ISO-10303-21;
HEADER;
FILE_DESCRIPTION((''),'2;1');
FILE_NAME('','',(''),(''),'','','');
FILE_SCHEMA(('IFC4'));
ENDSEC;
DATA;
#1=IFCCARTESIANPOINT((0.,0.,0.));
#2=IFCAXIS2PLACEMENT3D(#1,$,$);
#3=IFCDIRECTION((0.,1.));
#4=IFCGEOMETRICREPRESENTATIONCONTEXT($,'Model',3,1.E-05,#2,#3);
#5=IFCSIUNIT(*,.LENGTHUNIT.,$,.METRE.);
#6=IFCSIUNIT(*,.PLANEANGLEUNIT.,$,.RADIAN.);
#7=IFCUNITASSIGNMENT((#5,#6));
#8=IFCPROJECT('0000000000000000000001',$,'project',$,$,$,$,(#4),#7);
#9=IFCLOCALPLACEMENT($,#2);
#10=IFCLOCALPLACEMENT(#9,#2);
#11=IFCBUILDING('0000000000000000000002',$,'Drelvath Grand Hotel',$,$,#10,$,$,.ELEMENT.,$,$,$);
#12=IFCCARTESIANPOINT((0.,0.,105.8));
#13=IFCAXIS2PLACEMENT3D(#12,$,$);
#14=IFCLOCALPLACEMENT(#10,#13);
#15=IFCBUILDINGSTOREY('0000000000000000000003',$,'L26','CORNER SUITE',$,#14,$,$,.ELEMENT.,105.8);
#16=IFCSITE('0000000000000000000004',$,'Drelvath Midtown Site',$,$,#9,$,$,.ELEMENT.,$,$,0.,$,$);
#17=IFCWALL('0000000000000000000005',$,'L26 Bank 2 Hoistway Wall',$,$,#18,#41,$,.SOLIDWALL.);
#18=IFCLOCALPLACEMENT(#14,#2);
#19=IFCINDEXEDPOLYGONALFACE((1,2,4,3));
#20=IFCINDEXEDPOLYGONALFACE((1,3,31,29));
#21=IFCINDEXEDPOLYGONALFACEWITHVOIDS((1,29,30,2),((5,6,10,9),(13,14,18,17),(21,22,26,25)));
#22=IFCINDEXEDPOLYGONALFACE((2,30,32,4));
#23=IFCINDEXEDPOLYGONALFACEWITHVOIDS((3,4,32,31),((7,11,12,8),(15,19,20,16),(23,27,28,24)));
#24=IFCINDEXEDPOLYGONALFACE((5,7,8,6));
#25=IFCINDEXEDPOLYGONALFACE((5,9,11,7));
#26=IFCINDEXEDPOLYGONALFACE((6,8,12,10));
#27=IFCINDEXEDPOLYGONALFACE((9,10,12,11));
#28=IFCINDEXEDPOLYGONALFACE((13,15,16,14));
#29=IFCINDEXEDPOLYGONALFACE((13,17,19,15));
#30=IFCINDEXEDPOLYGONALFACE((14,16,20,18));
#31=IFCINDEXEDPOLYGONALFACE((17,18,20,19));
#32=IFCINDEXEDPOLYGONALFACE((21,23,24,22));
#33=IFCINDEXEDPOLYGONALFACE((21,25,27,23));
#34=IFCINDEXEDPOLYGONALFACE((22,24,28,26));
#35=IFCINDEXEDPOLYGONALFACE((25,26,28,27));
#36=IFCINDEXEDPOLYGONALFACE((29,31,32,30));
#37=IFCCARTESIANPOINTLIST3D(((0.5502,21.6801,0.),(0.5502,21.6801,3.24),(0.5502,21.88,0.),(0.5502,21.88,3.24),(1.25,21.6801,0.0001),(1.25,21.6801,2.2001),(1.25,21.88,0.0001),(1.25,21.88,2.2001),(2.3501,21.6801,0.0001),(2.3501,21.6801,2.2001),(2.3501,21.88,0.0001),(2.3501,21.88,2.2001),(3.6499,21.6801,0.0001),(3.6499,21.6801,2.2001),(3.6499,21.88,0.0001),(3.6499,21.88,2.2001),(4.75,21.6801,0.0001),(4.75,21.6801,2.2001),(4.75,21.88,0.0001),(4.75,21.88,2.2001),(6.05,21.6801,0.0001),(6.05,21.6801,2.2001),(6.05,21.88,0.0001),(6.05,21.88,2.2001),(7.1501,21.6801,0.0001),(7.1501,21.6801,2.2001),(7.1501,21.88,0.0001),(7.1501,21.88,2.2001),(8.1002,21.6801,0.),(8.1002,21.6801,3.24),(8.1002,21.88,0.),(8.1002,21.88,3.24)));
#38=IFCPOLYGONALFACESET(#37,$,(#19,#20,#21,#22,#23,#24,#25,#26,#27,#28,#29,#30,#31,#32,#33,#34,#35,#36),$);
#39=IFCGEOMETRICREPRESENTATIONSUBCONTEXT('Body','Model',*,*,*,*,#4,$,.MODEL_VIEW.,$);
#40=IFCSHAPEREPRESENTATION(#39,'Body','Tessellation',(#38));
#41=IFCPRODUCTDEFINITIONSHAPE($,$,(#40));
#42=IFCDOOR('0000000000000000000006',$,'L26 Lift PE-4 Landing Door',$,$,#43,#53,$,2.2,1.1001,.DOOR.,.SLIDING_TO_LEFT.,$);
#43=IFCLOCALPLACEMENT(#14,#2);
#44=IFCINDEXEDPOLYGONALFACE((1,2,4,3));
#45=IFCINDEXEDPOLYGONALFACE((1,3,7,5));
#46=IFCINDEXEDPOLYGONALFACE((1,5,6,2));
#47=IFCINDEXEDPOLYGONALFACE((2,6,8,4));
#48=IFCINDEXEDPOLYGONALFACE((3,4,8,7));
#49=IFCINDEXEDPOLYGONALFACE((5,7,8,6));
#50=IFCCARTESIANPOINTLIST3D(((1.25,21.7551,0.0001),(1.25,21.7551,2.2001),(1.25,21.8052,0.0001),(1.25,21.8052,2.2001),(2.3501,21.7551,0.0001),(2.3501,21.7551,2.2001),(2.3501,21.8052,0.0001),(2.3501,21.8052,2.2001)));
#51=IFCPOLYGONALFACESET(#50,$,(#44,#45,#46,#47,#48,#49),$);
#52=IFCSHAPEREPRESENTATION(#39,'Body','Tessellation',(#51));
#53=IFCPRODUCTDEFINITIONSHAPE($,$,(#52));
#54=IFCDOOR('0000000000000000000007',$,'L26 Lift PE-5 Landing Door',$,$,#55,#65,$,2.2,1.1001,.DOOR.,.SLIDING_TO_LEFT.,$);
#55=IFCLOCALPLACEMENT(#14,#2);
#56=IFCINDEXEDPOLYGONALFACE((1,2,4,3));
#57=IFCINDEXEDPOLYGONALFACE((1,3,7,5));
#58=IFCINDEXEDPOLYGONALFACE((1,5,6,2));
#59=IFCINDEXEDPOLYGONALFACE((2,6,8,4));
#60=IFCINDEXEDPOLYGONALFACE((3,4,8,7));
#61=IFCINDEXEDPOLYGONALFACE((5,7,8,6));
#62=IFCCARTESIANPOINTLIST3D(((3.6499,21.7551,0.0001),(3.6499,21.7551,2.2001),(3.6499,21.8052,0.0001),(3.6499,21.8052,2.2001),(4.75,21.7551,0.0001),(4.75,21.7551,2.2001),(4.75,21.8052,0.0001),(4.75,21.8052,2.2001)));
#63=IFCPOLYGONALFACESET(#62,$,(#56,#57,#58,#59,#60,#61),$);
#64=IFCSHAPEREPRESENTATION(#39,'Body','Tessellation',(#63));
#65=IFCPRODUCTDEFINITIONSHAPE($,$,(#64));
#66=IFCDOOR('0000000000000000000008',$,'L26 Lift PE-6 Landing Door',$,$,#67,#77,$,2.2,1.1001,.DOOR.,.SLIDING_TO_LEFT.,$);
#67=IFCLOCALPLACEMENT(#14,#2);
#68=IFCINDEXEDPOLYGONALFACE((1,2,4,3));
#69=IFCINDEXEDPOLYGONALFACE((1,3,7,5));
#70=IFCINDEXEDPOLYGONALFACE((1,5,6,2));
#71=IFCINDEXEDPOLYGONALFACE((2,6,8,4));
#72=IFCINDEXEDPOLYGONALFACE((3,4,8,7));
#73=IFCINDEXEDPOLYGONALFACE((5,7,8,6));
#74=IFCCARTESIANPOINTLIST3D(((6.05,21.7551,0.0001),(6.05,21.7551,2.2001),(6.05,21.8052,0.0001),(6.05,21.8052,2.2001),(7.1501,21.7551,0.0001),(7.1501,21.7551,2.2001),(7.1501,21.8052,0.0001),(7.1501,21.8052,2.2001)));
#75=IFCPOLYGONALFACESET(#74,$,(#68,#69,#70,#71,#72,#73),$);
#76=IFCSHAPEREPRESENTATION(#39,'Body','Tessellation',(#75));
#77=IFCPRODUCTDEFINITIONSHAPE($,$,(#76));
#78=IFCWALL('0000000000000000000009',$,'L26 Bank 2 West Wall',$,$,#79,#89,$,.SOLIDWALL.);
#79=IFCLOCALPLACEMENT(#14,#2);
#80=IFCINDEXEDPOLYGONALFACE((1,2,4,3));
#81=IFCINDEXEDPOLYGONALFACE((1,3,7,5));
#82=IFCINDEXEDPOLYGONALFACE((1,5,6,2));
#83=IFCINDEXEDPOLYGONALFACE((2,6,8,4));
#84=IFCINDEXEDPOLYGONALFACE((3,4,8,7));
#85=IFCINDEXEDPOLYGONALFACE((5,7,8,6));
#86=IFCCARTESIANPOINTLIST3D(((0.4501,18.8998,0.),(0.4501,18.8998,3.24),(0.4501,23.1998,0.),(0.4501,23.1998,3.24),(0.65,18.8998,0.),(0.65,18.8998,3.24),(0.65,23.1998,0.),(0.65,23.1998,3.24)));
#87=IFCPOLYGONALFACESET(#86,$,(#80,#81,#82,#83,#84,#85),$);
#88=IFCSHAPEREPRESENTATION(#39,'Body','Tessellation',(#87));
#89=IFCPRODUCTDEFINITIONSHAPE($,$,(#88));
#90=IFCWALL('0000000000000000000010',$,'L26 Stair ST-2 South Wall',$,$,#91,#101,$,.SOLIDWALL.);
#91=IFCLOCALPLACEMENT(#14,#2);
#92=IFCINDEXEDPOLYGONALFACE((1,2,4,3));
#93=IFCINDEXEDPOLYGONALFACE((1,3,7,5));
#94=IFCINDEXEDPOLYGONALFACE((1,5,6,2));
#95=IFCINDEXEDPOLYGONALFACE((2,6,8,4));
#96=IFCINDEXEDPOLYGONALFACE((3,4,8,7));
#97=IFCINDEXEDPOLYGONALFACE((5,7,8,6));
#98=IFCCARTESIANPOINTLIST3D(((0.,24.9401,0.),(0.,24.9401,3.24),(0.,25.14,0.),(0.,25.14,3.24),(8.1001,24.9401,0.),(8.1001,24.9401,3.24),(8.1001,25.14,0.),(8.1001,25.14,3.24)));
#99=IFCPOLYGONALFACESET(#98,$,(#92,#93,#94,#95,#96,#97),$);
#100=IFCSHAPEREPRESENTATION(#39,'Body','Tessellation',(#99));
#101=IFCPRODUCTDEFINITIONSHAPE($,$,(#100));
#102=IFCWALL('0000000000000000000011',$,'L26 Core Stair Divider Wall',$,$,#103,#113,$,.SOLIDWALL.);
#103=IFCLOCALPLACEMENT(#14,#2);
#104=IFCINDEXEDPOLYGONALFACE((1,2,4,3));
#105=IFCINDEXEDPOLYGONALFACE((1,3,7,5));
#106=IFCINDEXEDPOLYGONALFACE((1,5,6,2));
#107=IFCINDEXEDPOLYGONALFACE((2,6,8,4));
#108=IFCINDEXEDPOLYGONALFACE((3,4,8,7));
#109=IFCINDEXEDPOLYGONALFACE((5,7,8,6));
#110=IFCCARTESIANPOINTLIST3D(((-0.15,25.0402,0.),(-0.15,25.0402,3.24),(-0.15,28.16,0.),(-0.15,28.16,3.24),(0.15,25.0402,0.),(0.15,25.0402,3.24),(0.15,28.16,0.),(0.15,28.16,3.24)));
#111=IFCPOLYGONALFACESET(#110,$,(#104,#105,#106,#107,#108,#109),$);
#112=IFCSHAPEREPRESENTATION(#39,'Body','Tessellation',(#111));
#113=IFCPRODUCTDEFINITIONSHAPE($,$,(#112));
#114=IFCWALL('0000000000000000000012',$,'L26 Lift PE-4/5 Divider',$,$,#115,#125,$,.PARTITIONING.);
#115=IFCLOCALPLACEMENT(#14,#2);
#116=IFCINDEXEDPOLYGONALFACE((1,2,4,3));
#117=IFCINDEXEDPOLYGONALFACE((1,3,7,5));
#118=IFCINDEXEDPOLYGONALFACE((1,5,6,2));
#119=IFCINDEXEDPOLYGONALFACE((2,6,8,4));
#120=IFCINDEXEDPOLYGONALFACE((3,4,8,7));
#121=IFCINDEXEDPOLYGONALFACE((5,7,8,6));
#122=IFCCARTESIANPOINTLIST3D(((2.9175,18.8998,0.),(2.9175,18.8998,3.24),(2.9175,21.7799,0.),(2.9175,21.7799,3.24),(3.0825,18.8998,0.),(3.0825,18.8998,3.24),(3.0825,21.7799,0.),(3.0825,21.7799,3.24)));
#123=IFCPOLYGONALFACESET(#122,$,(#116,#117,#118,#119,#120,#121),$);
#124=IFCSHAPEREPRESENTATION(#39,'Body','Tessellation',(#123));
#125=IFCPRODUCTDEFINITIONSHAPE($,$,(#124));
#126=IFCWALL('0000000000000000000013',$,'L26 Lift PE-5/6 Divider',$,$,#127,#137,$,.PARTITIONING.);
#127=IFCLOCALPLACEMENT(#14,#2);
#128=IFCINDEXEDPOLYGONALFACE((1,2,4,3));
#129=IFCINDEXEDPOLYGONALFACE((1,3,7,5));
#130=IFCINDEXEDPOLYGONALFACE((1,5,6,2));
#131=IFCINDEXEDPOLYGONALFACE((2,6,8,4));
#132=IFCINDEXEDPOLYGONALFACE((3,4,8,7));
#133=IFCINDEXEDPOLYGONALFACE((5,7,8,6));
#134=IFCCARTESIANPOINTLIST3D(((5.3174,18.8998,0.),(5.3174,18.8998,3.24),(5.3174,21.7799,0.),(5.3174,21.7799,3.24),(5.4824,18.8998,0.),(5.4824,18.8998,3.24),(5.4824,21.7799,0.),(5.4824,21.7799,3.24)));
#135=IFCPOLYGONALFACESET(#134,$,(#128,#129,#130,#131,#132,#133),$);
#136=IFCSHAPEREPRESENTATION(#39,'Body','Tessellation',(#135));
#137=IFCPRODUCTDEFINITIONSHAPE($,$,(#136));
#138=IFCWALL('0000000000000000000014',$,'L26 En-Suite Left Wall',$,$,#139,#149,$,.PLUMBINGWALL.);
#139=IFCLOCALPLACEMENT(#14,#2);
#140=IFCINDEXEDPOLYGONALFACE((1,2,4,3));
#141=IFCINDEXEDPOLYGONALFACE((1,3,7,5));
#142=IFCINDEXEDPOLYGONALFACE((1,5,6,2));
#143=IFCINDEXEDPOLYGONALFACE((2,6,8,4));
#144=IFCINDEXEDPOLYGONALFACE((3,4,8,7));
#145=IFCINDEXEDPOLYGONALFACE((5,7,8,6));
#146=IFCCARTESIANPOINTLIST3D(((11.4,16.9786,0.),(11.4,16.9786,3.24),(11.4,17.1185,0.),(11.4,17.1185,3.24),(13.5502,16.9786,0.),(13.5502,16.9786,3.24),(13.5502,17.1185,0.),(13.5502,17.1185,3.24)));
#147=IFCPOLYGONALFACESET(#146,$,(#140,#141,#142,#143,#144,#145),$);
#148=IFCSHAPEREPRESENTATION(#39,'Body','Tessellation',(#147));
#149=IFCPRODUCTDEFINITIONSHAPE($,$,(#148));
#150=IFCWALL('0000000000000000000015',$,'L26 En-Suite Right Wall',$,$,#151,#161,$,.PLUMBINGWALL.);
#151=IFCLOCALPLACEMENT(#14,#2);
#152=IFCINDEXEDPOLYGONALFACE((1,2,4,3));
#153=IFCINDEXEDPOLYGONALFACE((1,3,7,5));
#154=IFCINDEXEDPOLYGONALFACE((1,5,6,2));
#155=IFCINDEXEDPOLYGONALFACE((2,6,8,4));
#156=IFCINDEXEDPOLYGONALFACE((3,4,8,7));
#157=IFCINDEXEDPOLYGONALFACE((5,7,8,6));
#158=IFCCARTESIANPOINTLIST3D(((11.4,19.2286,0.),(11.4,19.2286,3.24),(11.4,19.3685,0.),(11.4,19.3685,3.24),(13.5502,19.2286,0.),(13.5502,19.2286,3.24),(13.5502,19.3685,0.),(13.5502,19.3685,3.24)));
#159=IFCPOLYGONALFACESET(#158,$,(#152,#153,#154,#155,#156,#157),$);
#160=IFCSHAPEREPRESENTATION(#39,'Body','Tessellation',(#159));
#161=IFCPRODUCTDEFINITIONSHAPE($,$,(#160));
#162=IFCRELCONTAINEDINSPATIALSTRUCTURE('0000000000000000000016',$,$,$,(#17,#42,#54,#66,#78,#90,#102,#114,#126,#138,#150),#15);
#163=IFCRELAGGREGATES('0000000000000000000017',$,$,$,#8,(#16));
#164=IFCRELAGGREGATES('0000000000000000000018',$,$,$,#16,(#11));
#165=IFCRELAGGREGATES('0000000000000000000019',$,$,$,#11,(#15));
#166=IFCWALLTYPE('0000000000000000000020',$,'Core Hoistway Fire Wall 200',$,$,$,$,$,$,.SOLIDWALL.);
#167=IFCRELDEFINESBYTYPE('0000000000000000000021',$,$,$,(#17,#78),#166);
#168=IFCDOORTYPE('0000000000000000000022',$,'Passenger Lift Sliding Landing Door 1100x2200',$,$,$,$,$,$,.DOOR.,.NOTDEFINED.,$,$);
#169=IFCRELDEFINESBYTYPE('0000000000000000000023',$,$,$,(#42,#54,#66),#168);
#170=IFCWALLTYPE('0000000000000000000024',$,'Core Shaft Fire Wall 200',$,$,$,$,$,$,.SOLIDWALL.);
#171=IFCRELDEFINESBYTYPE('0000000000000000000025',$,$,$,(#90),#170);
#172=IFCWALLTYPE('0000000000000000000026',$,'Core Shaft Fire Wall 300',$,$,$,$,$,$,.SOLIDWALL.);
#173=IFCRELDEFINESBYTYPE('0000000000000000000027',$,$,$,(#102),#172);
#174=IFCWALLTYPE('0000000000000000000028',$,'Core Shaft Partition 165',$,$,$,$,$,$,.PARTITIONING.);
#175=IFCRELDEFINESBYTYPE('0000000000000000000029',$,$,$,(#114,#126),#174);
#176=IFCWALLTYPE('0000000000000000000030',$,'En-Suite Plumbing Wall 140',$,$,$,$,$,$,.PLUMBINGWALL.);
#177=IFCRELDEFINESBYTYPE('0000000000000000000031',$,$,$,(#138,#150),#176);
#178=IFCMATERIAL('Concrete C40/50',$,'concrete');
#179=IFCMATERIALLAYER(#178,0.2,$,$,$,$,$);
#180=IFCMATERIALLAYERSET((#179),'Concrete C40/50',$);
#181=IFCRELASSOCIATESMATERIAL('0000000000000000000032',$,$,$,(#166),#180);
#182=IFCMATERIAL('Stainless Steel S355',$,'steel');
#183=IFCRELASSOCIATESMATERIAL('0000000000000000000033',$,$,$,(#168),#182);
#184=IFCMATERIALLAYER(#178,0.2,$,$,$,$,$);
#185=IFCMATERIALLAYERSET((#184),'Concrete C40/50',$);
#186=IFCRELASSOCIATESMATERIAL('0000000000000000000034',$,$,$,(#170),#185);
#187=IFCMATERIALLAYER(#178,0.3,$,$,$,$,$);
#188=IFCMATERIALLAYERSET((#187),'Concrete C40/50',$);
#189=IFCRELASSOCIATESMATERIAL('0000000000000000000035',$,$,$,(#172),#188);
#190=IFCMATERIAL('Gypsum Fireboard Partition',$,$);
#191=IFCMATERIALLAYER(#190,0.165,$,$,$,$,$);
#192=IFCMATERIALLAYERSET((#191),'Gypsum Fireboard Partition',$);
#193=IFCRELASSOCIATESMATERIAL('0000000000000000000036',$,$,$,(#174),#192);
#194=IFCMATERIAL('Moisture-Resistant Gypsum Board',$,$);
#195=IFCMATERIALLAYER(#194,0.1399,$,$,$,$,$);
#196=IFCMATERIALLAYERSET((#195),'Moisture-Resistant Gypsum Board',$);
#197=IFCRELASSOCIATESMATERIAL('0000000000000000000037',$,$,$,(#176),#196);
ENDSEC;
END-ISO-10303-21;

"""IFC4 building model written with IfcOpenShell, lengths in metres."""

from ifc_helpers import new_model, si_unit, direction, frame, frame_2d, origin, place, context, subcontext, project, spatial, rectangle, extrude, material, layer, layer_set, type_object, element, fill, save


model = new_model("IFC4")

# Units and contexts
model_context = context("Model", 3, precision=1e-05, world=origin(), true_north=direction((0.0, 1.0)))
body_context = subcontext(model_context, "Body", "Model", "MODEL_VIEW")
ifc_project = project(units=[si_unit("LENGTHUNIT", "METRE"), si_unit("PLANEANGLEUNIT", "RADIAN")], contexts=[model_context])

# Site, building, storey
site_placement = place(None, origin())
site = spatial("IfcSite", under=ifc_project, at=site_placement, Name="Drelvath Midtown Site", CompositionType="ELEMENT", RefElevation=0.0)
building_placement = place(site_placement, origin())
building = spatial("IfcBuilding", under=site, at=building_placement, Name="Drelvath Grand Hotel", CompositionType="ELEMENT")
storey_placement = place(building_placement, frame((0.0, 0.0, 105.8)))
storey = spatial("IfcBuildingStorey", under=building, at=storey_placement, Name="L26", Description="CORNER SUITE", CompositionType="ELEMENT", Elevation=105.8)

# Wall, openings, doors
ifc_material_1 = material(Name="Concrete C40/50", Category="concrete")
ifc_layer_1 = layer(ifc_material_1, 0.2)
ifc_layer_set_1 = layer_set([ifc_layer_1], Name="Concrete C40/50")
wall_type_1 = type_object("IfcWallType", Name="Core Hoistway Fire Wall 200", PredefinedType="SOLIDWALL", material=ifc_layer_set_1)
wall_1_placement = place(storey_placement, frame((8.1001, 21.78, 0.0), z_axis=(0.0, 0.0, 1.0), x_axis=(-1.0, 0.0, 0.0)))
wall_1 = element("IfcWall", 1, at=wall_1_placement, inside=storey, type_object=wall_type_1, Name="L26 Bank 2 Hoistway Wall", PredefinedType="SOLIDWALL", context=body_context, shape_type="SweptSolid", body=[
    extrude(rectangle(XDim=7.55, YDim=0.2, at=frame_2d((3.7749, 0.0))), origin(), (0.0, 0.0, 1.0), 3.24),
])
opening_1_placement = place(wall_1_placement, frame((5.75, 0.0, 0.0)))
opening_1 = element("IfcOpeningElement", 2, at=opening_1_placement, cuts=wall_1, PredefinedType="OPENING", context=body_context, shape_type="SweptSolid", body=[
    extrude(rectangle(XDim=1.1001, YDim=2.2, at=frame_2d((0.55, 1.1001))), frame((0.0, 0.1099, 0.0), z_axis=(0.0, -1.0, 0.0), x_axis=(1.0, 0.0, 0.0)), (0.0, 0.0, 1.0), 0.22),
])
opening_2_placement = place(wall_1_placement, frame((3.3501, 0.0, 0.0)))
opening_2 = element("IfcOpeningElement", 3, at=opening_2_placement, cuts=wall_1, PredefinedType="OPENING", context=body_context, shape_type="SweptSolid", body=[
    extrude(rectangle(XDim=1.1001, YDim=2.2, at=frame_2d((0.55, 1.1001))), frame((0.0, 0.1099, 0.0), z_axis=(0.0, -1.0, 0.0), x_axis=(1.0, 0.0, 0.0)), (0.0, 0.0, 1.0), 0.22),
])
opening_3_placement = place(wall_1_placement, frame((0.95, 0.0, 0.0)))
opening_3 = element("IfcOpeningElement", 4, at=opening_3_placement, cuts=wall_1, PredefinedType="OPENING", context=body_context, shape_type="SweptSolid", body=[
    extrude(rectangle(XDim=1.1001, YDim=2.2, at=frame_2d((0.55, 1.1001))), frame((0.0, 0.1099, 0.0), z_axis=(0.0, -1.0, 0.0), x_axis=(1.0, 0.0, 0.0)), (0.0, 0.0, 1.0), 0.22),
])
ifc_material_2 = material(Name="Stainless Steel S355", Category="steel")
door_type_1 = type_object("IfcDoorType", Name="Passenger Lift Sliding Landing Door 1100x2200", OperationType="NOTDEFINED", PredefinedType="DOOR", material=ifc_material_2)
door_1_placement = place(opening_1_placement, origin())
door_1 = element("IfcDoor", 5, at=door_1_placement, inside=storey, type_object=door_type_1, Name="L26 Lift PE-4 Landing Door", OperationType="SLIDING_TO_LEFT", OverallHeight=2.2, OverallWidth=1.1001, PredefinedType="DOOR", context=body_context, shape_type="SweptSolid", body=[
    extrude(rectangle(XDim=1.1001, YDim=2.2, at=frame_2d((0.55, 1.1001))), frame((0.0, 0.0249, 0.0), z_axis=(0.0, -1.0, 0.0), x_axis=(1.0, 0.0, 0.0)), (0.0, 0.0, 1.0), 0.05),
])
fill(opening_1, door_1)
door_2_placement = place(opening_2_placement, origin())
door_2 = element("IfcDoor", 6, at=door_2_placement, inside=storey, type_object=door_type_1, Name="L26 Lift PE-5 Landing Door", OperationType="SLIDING_TO_LEFT", OverallHeight=2.2, OverallWidth=1.1001, PredefinedType="DOOR", context=body_context, shape_type="SweptSolid", body=[
    extrude(rectangle(XDim=1.1001, YDim=2.2, at=frame_2d((0.55, 1.1001))), frame((0.0, 0.0249, 0.0), z_axis=(0.0, -1.0, 0.0), x_axis=(1.0, 0.0, 0.0)), (0.0, 0.0, 1.0), 0.05),
])
fill(opening_2, door_2)
door_3_placement = place(opening_3_placement, origin())
door_3 = element("IfcDoor", 7, at=door_3_placement, inside=storey, type_object=door_type_1, Name="L26 Lift PE-6 Landing Door", OperationType="SLIDING_TO_LEFT", OverallHeight=2.2, OverallWidth=1.1001, PredefinedType="DOOR", context=body_context, shape_type="SweptSolid", body=[
    extrude(rectangle(XDim=1.1001, YDim=2.2, at=frame_2d((0.55, 1.1001))), frame((0.0, 0.0249, 0.0), z_axis=(0.0, -1.0, 0.0), x_axis=(1.0, 0.0, 0.0)), (0.0, 0.0, 1.0), 0.05),
])
fill(opening_3, door_3)

# Walls
wall_2_placement = place(storey_placement, frame((0.55, 18.8999, 0.0), z_axis=(0.0, 0.0, 1.0), x_axis=(0.0, 1.0, 0.0)))
element("IfcWall", 8, at=wall_2_placement, inside=storey, type_object=wall_type_1, Name="L26 Bank 2 West Wall", PredefinedType="SOLIDWALL", context=body_context, shape_type="SweptSolid", body=[
    extrude(rectangle(XDim=4.3, YDim=0.2, at=frame_2d((2.1499, 0.0))), origin(), (0.0, 0.0, 1.0), 3.24),
])
ifc_layer_2 = layer(ifc_material_1, 0.2)
ifc_layer_set_2 = layer_set([ifc_layer_2], Name="Concrete C40/50")
wall_type_2 = type_object("IfcWallType", Name="Core Shaft Fire Wall 200", PredefinedType="SOLIDWALL", material=ifc_layer_set_2)
wall_3_placement = place(storey_placement, frame((0.0, 25.04, 0.0), z_axis=(0.0, 0.0, 1.0), x_axis=(1.0, 0.0, 0.0)))
element("IfcWall", 9, at=wall_3_placement, inside=storey, type_object=wall_type_2, Name="L26 Stair ST-2 South Wall", PredefinedType="SOLIDWALL", context=body_context, shape_type="SweptSolid", body=[
    extrude(rectangle(XDim=8.1001, YDim=0.2, at=frame_2d((4.05, 0.0))), origin(), (0.0, 0.0, 1.0), 3.24),
])
ifc_layer_3 = layer(ifc_material_1, 0.3)
ifc_layer_set_3 = layer_set([ifc_layer_3], Name="Concrete C40/50")
wall_type_3 = type_object("IfcWallType", Name="Core Shaft Fire Wall 300", PredefinedType="SOLIDWALL", material=ifc_layer_set_3)
wall_4_placement = place(storey_placement, frame((0.0, 25.04, 0.0), z_axis=(0.0, 0.0, 1.0), x_axis=(0.0, 1.0, 0.0)))
element("IfcWall", 10, at=wall_4_placement, inside=storey, type_object=wall_type_3, Name="L26 Core Stair Divider Wall", PredefinedType="SOLIDWALL", context=body_context, shape_type="SweptSolid", body=[
    extrude(rectangle(XDim=3.1199, YDim=0.3, at=frame_2d((1.5601, 0.0))), origin(), (0.0, 0.0, 1.0), 3.24),
])
ifc_material_3 = material(Name="Gypsum Fireboard Partition")
ifc_layer_4 = layer(ifc_material_3, 0.165)
ifc_layer_set_4 = layer_set([ifc_layer_4], Name="Gypsum Fireboard Partition")
wall_type_4 = type_object("IfcWallType", Name="Core Shaft Partition 165", PredefinedType="PARTITIONING", material=ifc_layer_set_4)
for number, where, z_axis, x_axis, name in (
    (11, (3.0, 18.8999, 0.0), (0.0, 0.0, 1.0), (0.0, 1.0, 0.0), "L26 Lift PE-4/5 Divider"),
    (12, (5.3999, 18.8999, 0.0), (0.0, 0.0, 1.0), (0.0, 1.0, 0.0), "L26 Lift PE-5/6 Divider"),
):
    element("IfcWall", number, at=place(storey_placement, frame(where, z_axis=z_axis, x_axis=x_axis)), inside=storey, type_object=wall_type_4, Name=name, PredefinedType="PARTITIONING", context=body_context, shape_type="SweptSolid", body=[
        extrude(rectangle(XDim=2.8801, YDim=0.165, at=frame_2d((1.4399, 0.0))), origin(), (0.0, 0.0, 1.0), 3.24),
    ])
ifc_material_4 = material(Name="Moisture-Resistant Gypsum Board")
ifc_layer_5 = layer(ifc_material_4, 0.1399)
ifc_layer_set_5 = layer_set([ifc_layer_5], Name="Moisture-Resistant Gypsum Board")
wall_type_5 = type_object("IfcWallType", Name="En-Suite Plumbing Wall 140", PredefinedType="PLUMBINGWALL", material=ifc_layer_set_5)
for number, where, z_axis, x_axis, name in (
    (13, (11.3999, 17.0486, 0.0), (0.0, 0.0, 1.0), (1.0, 0.0, 0.0), "L26 En-Suite Left Wall"),
    (14, (11.3999, 19.2986, 0.0), (0.0, 0.0, 1.0), (1.0, 0.0, 0.0), "L26 En-Suite Right Wall"),
):
    element("IfcWall", number, at=place(storey_placement, frame(where, z_axis=z_axis, x_axis=x_axis)), inside=storey, type_object=wall_type_5, Name=name, PredefinedType="PLUMBINGWALL", context=body_context, shape_type="SweptSolid", body=[
        extrude(rectangle(XDim=2.1501, YDim=0.1399, at=frame_2d((1.0752, 0.0))), origin(), (0.0, 0.0, 1.0), 3.24),
    ])

save(model, "model.ifc")
